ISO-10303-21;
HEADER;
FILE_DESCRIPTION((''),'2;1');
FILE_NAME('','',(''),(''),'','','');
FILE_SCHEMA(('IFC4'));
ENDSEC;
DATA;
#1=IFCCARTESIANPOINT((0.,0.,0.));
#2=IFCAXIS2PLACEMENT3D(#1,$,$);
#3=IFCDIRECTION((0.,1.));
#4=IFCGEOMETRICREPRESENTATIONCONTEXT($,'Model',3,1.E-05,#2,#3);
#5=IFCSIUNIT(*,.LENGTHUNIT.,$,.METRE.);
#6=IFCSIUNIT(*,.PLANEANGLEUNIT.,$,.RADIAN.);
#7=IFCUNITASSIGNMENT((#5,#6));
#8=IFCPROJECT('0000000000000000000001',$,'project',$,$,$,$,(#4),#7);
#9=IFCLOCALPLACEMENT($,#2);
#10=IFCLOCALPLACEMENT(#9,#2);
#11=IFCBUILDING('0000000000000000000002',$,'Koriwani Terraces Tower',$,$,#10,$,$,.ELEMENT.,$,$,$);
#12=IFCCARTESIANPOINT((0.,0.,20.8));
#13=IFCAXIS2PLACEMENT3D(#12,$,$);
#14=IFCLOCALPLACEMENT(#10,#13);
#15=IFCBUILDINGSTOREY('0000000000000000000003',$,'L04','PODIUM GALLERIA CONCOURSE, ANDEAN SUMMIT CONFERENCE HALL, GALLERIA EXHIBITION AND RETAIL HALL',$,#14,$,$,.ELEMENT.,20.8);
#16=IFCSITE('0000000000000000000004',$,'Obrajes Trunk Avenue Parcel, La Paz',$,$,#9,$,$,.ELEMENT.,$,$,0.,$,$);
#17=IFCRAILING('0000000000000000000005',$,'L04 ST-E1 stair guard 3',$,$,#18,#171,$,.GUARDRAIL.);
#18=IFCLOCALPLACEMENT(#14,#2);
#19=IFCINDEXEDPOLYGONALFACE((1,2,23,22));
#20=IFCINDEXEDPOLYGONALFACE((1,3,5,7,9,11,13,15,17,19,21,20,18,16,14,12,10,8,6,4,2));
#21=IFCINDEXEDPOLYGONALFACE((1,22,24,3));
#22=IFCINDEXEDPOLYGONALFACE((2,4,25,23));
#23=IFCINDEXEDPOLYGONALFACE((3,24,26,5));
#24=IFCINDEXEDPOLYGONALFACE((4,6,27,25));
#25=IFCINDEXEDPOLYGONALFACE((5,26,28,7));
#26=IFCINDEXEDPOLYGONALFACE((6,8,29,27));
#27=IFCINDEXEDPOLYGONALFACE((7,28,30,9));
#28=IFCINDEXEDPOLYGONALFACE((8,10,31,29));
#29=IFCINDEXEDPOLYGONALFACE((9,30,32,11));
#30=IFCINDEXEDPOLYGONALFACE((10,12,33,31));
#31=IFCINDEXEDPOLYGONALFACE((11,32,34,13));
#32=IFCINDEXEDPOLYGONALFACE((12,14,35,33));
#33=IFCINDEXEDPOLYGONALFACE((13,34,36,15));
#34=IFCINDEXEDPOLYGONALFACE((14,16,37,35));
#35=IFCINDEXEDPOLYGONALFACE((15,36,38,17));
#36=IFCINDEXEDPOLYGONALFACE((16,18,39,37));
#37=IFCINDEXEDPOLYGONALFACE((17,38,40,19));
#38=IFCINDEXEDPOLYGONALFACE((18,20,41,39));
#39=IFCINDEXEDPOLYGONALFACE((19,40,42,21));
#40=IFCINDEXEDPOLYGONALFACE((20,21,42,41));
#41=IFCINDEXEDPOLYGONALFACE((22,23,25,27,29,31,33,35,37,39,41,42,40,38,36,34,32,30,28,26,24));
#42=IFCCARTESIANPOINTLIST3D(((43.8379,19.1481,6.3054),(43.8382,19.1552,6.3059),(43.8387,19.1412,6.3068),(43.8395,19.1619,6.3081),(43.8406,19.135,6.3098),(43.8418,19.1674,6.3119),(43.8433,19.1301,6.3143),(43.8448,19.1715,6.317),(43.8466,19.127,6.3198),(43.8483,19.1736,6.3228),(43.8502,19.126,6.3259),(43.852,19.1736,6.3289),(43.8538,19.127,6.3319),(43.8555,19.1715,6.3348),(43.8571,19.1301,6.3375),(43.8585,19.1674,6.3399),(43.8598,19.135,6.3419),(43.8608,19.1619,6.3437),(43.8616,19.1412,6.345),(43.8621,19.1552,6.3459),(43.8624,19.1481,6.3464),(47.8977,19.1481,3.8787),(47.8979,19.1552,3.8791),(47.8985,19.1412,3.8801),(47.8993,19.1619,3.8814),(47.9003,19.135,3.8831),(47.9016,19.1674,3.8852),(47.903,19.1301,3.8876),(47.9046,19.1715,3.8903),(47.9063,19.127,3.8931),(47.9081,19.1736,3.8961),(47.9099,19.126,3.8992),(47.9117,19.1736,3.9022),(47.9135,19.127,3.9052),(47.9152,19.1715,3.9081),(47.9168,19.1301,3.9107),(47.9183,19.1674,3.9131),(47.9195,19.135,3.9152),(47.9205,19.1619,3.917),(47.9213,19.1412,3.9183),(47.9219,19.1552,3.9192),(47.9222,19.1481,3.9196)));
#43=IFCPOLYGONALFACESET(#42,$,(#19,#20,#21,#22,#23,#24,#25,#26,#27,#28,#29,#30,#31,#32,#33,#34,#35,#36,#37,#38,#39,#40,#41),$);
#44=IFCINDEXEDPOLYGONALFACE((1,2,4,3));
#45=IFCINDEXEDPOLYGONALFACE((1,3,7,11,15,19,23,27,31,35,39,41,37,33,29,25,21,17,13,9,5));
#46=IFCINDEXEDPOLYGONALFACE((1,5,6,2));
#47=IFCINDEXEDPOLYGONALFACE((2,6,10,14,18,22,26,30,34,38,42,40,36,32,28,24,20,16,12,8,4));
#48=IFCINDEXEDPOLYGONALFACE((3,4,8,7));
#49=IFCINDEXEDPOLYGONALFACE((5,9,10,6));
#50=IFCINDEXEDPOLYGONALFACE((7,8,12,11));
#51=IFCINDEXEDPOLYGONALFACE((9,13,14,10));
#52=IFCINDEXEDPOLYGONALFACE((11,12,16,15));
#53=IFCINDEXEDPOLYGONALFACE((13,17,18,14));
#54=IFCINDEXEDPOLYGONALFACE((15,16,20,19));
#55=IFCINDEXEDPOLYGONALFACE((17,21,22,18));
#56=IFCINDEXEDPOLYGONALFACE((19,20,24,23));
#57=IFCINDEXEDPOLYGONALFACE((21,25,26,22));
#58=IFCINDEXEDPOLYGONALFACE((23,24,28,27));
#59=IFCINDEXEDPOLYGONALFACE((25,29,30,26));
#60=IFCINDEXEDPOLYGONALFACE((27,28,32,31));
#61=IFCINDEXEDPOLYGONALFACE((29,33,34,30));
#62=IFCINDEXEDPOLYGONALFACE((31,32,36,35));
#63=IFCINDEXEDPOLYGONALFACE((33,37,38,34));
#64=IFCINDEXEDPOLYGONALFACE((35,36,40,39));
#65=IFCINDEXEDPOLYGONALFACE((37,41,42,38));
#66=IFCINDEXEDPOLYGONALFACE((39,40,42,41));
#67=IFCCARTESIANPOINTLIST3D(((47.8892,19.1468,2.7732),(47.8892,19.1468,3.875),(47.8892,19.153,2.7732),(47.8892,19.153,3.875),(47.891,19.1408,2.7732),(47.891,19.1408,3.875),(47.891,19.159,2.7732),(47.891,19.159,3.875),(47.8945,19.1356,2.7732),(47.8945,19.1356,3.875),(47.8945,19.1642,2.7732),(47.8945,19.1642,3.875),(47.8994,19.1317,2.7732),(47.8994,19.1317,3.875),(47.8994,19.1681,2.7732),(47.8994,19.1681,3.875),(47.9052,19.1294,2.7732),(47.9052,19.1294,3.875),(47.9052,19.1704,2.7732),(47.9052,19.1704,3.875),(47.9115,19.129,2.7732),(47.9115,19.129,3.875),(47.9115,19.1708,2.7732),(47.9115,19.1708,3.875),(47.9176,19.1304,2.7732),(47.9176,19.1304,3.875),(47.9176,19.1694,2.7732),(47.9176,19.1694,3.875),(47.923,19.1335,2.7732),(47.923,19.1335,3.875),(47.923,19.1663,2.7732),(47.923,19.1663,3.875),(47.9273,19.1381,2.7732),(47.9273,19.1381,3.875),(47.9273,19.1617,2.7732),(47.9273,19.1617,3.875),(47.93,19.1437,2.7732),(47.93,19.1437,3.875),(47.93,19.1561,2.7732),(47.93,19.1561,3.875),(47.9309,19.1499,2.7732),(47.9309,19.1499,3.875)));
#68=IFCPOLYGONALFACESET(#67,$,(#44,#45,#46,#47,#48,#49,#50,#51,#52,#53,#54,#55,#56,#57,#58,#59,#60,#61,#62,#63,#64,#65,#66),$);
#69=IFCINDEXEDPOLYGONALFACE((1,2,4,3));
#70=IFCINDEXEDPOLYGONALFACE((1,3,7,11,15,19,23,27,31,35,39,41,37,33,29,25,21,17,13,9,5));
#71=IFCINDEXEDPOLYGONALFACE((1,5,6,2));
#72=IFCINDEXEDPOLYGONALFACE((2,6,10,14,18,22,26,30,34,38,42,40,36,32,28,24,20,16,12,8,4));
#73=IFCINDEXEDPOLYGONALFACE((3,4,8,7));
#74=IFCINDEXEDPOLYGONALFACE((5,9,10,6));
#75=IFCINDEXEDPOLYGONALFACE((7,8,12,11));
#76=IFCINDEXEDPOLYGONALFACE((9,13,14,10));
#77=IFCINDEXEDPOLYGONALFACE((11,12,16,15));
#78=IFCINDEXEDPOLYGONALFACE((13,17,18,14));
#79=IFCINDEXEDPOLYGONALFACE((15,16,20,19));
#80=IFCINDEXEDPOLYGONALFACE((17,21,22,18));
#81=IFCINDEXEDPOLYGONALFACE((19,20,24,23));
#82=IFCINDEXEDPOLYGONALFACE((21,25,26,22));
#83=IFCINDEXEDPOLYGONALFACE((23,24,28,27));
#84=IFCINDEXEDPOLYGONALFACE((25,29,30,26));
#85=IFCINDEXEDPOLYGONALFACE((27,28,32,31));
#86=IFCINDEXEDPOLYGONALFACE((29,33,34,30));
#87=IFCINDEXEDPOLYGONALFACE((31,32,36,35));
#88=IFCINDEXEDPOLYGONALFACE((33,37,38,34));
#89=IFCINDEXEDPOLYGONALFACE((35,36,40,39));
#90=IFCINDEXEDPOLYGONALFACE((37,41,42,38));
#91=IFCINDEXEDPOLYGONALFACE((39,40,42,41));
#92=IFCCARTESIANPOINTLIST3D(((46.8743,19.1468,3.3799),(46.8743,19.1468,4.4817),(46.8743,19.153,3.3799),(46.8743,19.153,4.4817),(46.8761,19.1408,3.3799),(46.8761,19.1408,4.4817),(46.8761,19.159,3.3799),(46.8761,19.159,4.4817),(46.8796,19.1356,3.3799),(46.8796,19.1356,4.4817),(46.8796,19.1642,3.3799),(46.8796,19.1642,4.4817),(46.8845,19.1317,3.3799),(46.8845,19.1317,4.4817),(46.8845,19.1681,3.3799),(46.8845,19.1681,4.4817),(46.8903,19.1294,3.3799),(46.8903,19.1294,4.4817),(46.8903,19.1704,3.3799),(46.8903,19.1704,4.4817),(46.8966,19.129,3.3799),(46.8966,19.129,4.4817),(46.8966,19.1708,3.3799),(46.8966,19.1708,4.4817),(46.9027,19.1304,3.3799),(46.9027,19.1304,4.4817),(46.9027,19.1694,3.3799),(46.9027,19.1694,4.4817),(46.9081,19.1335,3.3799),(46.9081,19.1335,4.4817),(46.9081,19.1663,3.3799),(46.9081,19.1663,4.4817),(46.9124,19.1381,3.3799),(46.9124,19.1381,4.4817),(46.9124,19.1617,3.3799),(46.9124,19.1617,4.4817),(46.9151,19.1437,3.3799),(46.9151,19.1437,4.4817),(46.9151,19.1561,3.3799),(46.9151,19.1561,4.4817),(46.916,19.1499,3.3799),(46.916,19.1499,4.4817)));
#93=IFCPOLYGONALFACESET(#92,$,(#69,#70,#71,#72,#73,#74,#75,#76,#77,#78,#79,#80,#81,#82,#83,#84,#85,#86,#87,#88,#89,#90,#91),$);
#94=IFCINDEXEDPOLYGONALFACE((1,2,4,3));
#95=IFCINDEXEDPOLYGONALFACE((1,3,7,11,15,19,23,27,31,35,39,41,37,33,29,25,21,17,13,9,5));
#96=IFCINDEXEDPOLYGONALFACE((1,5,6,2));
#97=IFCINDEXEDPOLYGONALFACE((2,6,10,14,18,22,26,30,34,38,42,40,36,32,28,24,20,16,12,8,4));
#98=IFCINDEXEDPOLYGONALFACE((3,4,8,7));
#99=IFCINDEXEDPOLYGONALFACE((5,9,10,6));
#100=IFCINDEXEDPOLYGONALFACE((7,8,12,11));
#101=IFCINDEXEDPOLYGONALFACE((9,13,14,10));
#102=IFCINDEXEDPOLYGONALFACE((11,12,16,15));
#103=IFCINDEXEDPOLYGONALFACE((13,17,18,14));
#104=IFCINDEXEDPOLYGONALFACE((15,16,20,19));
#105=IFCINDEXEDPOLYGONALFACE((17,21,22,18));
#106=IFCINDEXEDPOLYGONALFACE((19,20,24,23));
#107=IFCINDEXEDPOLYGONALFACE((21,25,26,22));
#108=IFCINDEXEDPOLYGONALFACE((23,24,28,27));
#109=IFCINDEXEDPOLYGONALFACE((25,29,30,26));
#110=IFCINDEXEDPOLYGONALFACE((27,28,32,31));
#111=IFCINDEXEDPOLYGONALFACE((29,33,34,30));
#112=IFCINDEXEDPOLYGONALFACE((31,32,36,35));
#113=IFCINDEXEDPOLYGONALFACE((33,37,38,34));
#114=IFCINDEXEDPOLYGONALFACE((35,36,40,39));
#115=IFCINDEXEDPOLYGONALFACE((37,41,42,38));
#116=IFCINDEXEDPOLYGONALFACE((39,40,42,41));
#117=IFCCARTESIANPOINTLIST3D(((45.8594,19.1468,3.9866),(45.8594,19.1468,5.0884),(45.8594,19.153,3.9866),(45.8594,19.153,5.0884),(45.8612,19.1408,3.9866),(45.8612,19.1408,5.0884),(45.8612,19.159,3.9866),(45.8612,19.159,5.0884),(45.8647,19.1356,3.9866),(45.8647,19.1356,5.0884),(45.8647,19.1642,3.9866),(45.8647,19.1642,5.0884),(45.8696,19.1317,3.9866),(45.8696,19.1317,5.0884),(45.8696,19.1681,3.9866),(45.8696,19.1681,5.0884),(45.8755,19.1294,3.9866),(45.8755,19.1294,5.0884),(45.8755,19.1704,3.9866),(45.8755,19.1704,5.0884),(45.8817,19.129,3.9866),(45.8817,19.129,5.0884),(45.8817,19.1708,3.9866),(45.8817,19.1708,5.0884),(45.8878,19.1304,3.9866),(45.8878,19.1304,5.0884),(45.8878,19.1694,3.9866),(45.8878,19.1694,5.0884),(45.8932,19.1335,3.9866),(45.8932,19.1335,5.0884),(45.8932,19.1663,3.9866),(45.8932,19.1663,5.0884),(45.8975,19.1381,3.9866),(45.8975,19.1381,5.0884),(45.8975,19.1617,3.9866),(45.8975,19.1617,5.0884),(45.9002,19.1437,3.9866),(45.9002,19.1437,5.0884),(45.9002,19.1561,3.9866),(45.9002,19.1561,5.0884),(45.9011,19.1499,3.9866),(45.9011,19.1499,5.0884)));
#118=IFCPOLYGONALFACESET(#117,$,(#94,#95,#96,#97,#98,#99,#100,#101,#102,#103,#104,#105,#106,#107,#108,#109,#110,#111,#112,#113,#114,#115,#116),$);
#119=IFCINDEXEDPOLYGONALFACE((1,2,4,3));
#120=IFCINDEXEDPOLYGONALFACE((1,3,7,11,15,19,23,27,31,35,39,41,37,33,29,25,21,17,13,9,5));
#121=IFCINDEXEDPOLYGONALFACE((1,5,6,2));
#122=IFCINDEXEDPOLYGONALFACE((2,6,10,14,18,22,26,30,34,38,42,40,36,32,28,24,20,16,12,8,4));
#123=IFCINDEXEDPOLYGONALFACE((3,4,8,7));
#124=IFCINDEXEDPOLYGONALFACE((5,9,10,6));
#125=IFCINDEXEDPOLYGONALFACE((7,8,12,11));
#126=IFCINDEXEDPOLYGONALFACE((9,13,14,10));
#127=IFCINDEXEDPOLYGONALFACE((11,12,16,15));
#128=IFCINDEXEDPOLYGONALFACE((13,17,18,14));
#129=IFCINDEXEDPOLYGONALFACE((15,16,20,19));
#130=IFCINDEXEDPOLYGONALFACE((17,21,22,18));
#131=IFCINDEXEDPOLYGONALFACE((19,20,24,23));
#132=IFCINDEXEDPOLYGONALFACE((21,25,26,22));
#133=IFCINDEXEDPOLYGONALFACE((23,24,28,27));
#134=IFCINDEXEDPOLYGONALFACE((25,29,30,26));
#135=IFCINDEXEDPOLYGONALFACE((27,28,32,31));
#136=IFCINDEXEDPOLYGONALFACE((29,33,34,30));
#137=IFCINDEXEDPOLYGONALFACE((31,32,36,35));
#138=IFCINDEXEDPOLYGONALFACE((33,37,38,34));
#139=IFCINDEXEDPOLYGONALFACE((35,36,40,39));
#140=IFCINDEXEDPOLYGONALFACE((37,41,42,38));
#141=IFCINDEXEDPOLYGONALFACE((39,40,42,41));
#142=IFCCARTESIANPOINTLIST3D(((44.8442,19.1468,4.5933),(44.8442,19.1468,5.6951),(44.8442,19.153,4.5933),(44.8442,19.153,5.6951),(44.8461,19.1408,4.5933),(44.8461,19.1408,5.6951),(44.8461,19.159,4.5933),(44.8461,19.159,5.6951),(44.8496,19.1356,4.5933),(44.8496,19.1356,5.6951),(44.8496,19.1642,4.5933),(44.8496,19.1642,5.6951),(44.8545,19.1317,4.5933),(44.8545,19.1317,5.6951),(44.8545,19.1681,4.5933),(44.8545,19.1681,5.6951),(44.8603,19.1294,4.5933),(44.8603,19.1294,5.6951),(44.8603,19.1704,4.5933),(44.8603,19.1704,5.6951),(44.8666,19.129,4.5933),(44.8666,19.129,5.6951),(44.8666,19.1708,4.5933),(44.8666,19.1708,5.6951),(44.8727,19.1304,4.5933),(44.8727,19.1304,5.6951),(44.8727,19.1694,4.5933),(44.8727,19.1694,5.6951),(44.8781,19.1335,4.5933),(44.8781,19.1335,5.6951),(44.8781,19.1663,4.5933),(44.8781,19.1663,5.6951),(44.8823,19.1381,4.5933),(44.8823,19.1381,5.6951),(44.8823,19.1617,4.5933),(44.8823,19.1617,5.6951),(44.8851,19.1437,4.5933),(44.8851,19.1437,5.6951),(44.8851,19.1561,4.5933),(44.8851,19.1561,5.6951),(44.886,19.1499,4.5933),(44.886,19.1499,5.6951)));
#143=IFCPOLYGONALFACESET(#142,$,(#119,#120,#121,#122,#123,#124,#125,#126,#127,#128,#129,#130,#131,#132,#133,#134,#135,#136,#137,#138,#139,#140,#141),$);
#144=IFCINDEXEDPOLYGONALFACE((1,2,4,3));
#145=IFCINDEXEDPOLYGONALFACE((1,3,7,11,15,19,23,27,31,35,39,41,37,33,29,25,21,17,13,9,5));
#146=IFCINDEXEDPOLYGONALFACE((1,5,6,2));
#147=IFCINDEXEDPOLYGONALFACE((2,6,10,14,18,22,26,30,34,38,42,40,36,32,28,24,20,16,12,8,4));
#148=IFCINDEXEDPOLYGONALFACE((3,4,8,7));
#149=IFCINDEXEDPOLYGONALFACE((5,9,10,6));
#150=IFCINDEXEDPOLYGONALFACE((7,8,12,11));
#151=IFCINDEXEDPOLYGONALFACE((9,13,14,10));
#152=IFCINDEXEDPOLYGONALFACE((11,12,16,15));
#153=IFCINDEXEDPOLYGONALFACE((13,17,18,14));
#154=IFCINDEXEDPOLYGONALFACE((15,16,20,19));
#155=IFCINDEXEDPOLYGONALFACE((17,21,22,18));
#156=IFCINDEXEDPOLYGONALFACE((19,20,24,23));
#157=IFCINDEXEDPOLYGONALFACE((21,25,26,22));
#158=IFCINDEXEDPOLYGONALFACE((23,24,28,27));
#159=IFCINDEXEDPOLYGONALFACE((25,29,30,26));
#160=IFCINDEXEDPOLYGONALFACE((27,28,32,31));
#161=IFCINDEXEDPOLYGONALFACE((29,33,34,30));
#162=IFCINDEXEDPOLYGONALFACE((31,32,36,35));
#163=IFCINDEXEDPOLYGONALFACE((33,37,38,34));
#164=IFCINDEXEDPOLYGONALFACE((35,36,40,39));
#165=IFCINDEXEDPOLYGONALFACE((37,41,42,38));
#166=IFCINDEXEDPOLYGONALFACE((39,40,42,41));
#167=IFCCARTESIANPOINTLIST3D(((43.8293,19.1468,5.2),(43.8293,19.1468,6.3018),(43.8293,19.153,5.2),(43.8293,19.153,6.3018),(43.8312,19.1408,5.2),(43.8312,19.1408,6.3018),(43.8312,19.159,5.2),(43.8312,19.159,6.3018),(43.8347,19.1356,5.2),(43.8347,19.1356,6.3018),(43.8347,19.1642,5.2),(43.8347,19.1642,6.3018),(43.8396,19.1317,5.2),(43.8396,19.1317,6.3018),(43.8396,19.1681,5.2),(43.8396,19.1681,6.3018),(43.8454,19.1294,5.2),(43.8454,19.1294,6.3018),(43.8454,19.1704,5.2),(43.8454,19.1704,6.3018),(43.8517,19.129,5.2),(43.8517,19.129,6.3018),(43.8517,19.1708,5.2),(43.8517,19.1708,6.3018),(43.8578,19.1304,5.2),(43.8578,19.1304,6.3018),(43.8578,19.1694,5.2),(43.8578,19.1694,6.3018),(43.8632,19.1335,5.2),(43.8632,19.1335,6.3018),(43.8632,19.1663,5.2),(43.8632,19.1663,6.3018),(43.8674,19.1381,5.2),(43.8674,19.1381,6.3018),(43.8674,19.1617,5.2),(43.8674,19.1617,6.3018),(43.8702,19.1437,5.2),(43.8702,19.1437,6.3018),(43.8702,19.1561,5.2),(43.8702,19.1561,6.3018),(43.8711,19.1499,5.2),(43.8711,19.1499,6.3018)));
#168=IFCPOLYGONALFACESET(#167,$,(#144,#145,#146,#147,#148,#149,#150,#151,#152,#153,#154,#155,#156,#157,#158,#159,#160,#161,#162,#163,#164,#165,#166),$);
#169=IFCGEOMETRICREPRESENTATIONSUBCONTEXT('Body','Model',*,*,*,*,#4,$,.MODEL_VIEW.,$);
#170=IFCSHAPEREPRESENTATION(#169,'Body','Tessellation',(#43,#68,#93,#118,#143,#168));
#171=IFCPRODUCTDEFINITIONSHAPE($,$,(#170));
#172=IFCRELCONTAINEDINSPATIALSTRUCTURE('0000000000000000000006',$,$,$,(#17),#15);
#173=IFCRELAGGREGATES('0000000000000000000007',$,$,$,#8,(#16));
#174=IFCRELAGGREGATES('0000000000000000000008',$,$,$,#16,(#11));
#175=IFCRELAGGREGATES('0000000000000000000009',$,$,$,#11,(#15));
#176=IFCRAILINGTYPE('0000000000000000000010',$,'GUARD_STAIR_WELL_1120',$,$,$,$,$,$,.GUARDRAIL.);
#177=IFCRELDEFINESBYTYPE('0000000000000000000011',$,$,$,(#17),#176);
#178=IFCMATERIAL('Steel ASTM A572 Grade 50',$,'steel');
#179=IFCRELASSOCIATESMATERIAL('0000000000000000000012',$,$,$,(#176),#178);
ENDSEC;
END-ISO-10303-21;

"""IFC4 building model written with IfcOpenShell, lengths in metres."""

from ifc_helpers import new_model, si_unit, direction, frame, origin, origin_2d, place, context, subcontext, project, spatial, circle, extrude, material, type_object, element, save


model = new_model("IFC4")

# Units and contexts
model_context = context("Model", 3, precision=1e-05, world=origin(), true_north=direction((0.0, 1.0)))
body_context = subcontext(model_context, "Body", "Model", "MODEL_VIEW")
ifc_project = project(units=[si_unit("LENGTHUNIT", "METRE"), si_unit("PLANEANGLEUNIT", "RADIAN")], contexts=[model_context])

# Site, building, storey
site_placement = place(None, origin())
site = spatial("IfcSite", under=ifc_project, at=site_placement, Name="Obrajes Trunk Avenue Parcel, La Paz", CompositionType="ELEMENT", RefElevation=0.0)
building_placement = place(site_placement, origin())
building = spatial("IfcBuilding", under=site, at=building_placement, Name="Koriwani Terraces Tower", CompositionType="ELEMENT")
storey_placement = place(building_placement, frame((0.0, 0.0, 20.8)))
storey = spatial("IfcBuildingStorey", under=building, at=storey_placement, Name="L04", Description="PODIUM GALLERIA CONCOURSE, ANDEAN SUMMIT CONFERENCE HALL, GALLERIA EXHIBITION AND RETAIL HALL", CompositionType="ELEMENT", Elevation=20.8)

# Shared definitions
ifc_material_1 = material(Name="Steel ASTM A572 Grade 50", Category="steel")

# Railing
railing_type_1 = type_object("IfcRailingType", Name="GUARD_STAIR_WELL_1120", PredefinedType="GUARDRAIL", material=ifc_material_1)
railing_1_placement = place(storey_placement, frame((47.9099, 19.1499, 2.7732)))
element("IfcRailing", 1, at=railing_1_placement, inside=storey, type_object=railing_type_1, Name="L04 ST-E1 stair guard 3", PredefinedType="GUARDRAIL", context=body_context, shape_type="SweptSolid", body=[
    extrude(circle(Radius=0.0239, at=origin_2d()), frame((0.0, 0.0, 1.126), z_axis=(-0.858343, 0.0, 0.513076), x_axis=(0.0, -1.0, 0.0)), (0.0, 0.0, 1.0), 4.7297),
    extrude(circle(Radius=0.021, at=origin_2d()), origin(), (0.0, 0.0, 1.0), 1.1018),
    extrude(circle(Radius=0.021, at=origin_2d()), frame((-1.0149, 0.0, 0.6067)), (0.0, 0.0, 1.0), 1.1018),
    extrude(circle(Radius=0.021, at=origin_2d()), frame((-2.0298, 0.0, 1.2134)), (0.0, 0.0, 1.0), 1.1018),
    extrude(circle(Radius=0.021, at=origin_2d()), frame((-3.0449, 0.0, 1.8201)), (0.0, 0.0, 1.0), 1.1018),
    extrude(circle(Radius=0.021, at=origin_2d()), frame((-4.0598, 0.0, 2.4268)), (0.0, 0.0, 1.0), 1.1018),
])

save(model, "model.ifc")
